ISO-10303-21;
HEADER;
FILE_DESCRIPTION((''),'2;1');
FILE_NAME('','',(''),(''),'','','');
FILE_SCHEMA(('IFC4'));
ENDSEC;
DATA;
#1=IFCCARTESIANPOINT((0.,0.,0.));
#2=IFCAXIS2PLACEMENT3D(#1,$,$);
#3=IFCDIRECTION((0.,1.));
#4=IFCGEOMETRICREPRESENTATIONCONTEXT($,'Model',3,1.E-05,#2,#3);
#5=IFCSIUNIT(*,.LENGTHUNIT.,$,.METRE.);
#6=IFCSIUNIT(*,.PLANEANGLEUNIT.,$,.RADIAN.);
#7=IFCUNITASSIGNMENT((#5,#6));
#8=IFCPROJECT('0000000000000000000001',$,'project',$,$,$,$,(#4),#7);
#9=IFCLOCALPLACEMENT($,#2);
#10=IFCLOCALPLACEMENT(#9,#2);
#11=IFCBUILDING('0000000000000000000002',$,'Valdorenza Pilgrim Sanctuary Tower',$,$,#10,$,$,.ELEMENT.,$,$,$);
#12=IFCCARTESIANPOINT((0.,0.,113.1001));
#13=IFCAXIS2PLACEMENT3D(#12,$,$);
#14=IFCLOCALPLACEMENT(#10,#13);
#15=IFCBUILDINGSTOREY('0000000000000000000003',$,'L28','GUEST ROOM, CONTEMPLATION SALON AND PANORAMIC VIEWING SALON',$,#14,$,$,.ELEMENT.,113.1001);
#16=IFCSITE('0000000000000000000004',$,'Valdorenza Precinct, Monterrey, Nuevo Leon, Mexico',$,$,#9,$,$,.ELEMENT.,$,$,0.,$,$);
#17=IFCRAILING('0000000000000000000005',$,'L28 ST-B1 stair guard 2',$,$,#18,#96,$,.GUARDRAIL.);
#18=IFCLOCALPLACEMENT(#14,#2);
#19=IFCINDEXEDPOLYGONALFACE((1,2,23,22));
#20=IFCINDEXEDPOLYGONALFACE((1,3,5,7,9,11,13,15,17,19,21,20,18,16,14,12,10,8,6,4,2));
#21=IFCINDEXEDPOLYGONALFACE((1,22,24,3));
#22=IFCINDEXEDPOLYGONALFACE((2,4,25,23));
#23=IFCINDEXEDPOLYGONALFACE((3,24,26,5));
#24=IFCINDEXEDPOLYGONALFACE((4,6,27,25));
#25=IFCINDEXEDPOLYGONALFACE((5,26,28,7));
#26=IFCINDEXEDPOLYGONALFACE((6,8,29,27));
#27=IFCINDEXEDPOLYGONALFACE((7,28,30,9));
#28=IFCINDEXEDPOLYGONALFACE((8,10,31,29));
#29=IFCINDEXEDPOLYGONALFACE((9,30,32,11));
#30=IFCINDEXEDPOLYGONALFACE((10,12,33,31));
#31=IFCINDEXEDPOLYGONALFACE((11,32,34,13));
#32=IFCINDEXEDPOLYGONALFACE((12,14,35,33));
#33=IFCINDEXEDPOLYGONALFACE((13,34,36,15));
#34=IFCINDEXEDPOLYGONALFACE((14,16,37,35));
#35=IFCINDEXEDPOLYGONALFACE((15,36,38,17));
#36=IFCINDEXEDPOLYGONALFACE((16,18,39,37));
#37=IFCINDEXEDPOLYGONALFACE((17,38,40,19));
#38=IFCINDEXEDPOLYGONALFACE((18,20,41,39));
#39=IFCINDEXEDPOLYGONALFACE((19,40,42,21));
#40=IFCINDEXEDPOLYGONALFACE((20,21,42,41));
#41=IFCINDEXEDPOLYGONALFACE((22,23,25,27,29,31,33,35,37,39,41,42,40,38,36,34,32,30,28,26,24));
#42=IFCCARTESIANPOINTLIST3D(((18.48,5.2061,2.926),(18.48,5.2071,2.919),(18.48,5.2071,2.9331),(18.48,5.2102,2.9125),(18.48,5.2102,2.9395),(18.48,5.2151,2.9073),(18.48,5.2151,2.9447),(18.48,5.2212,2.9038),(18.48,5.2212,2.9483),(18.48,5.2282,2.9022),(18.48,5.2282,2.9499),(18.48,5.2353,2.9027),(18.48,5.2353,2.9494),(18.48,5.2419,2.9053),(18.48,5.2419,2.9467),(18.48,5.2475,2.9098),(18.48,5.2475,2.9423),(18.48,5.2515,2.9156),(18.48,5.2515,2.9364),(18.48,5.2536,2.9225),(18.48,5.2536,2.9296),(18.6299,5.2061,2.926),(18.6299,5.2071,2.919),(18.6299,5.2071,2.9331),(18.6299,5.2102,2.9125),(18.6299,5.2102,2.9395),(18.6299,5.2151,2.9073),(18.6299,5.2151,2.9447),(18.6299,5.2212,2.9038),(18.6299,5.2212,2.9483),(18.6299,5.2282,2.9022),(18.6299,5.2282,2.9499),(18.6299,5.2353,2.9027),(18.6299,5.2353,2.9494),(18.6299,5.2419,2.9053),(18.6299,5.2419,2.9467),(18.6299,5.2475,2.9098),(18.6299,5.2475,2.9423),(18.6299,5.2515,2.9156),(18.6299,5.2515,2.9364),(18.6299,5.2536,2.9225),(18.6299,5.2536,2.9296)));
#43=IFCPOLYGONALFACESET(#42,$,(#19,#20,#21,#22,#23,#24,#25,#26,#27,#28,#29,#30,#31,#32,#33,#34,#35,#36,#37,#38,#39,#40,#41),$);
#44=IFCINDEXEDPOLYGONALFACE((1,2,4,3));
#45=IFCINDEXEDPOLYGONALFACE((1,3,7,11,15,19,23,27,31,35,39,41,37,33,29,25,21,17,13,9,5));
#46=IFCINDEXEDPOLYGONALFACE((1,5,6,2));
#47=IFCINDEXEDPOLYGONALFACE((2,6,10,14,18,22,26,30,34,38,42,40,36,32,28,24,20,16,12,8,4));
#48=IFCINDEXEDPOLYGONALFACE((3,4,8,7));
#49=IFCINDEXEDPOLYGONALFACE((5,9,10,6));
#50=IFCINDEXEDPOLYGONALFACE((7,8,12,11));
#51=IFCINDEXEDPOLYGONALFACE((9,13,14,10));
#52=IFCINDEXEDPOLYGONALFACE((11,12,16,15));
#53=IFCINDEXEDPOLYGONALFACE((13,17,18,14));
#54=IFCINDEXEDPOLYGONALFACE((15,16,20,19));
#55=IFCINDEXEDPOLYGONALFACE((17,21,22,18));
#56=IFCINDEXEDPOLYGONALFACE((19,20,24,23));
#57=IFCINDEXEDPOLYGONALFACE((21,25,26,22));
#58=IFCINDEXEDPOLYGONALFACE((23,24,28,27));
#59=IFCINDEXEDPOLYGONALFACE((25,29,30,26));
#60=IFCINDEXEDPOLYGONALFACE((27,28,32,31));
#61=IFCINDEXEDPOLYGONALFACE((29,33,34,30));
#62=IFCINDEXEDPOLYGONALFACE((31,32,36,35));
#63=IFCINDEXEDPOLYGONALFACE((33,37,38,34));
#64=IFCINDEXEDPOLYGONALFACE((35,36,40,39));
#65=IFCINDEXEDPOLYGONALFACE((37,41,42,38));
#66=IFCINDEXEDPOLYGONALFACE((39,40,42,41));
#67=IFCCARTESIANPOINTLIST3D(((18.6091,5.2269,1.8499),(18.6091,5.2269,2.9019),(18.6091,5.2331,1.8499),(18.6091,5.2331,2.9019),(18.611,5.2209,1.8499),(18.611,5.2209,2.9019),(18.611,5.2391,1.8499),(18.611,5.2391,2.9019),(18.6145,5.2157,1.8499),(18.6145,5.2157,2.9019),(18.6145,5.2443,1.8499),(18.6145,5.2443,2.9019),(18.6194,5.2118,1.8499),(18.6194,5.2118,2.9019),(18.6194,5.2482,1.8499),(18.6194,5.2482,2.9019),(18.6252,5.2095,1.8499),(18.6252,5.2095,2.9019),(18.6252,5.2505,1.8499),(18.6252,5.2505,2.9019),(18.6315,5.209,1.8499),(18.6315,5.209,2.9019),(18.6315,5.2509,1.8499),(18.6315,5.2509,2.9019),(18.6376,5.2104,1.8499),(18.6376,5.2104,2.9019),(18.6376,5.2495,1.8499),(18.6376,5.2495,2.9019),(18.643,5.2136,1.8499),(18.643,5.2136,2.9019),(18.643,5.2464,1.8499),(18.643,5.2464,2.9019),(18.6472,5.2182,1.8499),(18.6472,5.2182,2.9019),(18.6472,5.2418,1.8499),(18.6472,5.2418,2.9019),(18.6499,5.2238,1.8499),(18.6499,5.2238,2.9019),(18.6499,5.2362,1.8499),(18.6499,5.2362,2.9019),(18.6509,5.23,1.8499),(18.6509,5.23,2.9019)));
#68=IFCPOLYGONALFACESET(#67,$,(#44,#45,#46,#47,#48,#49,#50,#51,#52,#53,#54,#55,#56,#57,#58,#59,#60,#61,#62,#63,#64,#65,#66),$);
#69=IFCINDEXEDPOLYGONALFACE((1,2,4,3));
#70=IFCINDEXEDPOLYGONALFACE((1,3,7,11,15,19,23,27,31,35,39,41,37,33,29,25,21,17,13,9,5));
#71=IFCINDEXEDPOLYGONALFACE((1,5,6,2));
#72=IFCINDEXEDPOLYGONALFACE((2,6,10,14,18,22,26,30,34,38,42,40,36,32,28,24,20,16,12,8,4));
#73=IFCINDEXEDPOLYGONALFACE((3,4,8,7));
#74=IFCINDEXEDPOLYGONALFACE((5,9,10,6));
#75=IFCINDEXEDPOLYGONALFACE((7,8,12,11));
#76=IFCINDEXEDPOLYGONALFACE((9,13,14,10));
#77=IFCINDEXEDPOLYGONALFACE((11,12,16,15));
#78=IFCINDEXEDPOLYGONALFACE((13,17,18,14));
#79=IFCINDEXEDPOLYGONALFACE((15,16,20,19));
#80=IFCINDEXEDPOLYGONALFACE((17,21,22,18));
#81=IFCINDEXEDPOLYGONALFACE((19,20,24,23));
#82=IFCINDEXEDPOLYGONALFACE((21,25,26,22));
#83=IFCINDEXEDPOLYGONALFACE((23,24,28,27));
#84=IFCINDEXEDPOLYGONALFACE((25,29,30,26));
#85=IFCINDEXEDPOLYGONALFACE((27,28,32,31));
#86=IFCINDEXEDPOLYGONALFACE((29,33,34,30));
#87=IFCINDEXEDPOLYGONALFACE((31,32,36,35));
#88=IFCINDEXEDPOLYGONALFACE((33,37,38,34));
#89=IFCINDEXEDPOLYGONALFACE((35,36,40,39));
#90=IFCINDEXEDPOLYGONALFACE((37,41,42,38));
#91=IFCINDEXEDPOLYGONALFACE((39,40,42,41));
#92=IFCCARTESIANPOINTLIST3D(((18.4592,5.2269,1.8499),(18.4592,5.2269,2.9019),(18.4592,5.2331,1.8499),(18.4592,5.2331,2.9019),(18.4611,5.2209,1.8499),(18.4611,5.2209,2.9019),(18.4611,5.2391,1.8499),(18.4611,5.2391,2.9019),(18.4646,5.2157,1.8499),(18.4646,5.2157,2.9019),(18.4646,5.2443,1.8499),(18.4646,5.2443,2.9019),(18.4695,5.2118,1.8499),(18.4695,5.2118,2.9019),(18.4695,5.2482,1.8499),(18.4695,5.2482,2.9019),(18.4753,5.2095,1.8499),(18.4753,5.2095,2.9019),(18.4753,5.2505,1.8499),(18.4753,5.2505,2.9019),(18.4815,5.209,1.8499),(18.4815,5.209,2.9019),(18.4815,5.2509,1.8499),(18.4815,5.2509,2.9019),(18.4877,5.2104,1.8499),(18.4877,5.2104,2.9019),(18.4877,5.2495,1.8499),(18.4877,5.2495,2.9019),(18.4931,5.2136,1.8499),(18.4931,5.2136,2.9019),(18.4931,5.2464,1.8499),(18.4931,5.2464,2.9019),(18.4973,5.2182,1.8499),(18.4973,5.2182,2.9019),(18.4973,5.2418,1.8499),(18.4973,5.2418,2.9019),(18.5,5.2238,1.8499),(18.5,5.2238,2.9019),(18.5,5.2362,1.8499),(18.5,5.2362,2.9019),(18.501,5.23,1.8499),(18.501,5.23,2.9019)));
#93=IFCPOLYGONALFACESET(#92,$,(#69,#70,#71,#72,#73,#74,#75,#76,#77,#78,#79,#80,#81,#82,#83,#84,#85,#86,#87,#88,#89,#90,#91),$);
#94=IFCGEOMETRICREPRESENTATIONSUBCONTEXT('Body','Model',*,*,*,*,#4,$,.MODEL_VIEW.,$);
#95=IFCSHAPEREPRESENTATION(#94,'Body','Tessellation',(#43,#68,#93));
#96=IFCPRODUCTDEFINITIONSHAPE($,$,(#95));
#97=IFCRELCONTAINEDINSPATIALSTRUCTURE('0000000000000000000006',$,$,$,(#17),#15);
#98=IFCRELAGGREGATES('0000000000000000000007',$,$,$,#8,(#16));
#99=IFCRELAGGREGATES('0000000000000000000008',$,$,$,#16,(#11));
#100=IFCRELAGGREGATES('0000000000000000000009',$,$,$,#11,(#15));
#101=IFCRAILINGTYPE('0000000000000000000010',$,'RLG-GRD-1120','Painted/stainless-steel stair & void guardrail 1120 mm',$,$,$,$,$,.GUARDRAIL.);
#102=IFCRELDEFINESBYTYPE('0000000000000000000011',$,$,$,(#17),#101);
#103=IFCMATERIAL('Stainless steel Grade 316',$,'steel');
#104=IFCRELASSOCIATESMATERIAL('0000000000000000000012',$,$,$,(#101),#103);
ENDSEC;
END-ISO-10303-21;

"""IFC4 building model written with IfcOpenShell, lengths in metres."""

from ifc_helpers import new_model, si_unit, direction, frame, origin, origin_2d, place, context, subcontext, project, spatial, circle, extrude, material, type_object, element, save


model = new_model("IFC4")

# Units and contexts
model_context = context("Model", 3, precision=1e-05, world=origin(), true_north=direction((0.0, 1.0)))
body_context = subcontext(model_context, "Body", "Model", "MODEL_VIEW")
ifc_project = project(units=[si_unit("LENGTHUNIT", "METRE"), si_unit("PLANEANGLEUNIT", "RADIAN")], contexts=[model_context])

# Site, building, storey
site_placement = place(None, origin())
site = spatial("IfcSite", under=ifc_project, at=site_placement, Name="Valdorenza Precinct, Monterrey, Nuevo Leon, Mexico", CompositionType="ELEMENT", RefElevation=0.0)
building_placement = place(site_placement, origin())
building = spatial("IfcBuilding", under=site, at=building_placement, Name="Valdorenza Pilgrim Sanctuary Tower", CompositionType="ELEMENT")
storey_placement = place(building_placement, frame((0.0, 0.0, 113.1001)))
storey = spatial("IfcBuildingStorey", under=building, at=storey_placement, Name="L28", Description="GUEST ROOM, CONTEMPLATION SALON AND PANORAMIC VIEWING SALON", CompositionType="ELEMENT", Elevation=113.1001)

# Railing
ifc_material_1 = material(Name="Stainless steel Grade 316", Category="steel")
railing_type_1 = type_object("IfcRailingType", Name="RLG-GRD-1120", Description="Painted/stainless-steel stair & void guardrail 1120 mm", PredefinedType="GUARDRAIL", material=ifc_material_1)
railing_1_placement = place(storey_placement, frame((18.6299, 5.23, 1.8499)))
element("IfcRailing", 1, at=railing_1_placement, inside=storey, type_object=railing_type_1, Name="L28 ST-B1 stair guard 2", PredefinedType="GUARDRAIL", context=body_context, shape_type="SweptSolid", body=[
    extrude(circle(Radius=0.0239, at=origin_2d()), frame((0.0, 0.0, 1.0762), z_axis=(-1.0, 0.0, 0.0), x_axis=(0.0, -1.0, 0.0)), (0.0, 0.0, 1.0), 0.1499),
    extrude(circle(Radius=0.021, at=origin_2d()), origin(), (0.0, 0.0, 1.0), 1.052),
    extrude(circle(Radius=0.021, at=origin_2d()), frame((-0.1499, 0.0, 0.0)), (0.0, 0.0, 1.0), 1.052),
])

save(model, "model.ifc")
